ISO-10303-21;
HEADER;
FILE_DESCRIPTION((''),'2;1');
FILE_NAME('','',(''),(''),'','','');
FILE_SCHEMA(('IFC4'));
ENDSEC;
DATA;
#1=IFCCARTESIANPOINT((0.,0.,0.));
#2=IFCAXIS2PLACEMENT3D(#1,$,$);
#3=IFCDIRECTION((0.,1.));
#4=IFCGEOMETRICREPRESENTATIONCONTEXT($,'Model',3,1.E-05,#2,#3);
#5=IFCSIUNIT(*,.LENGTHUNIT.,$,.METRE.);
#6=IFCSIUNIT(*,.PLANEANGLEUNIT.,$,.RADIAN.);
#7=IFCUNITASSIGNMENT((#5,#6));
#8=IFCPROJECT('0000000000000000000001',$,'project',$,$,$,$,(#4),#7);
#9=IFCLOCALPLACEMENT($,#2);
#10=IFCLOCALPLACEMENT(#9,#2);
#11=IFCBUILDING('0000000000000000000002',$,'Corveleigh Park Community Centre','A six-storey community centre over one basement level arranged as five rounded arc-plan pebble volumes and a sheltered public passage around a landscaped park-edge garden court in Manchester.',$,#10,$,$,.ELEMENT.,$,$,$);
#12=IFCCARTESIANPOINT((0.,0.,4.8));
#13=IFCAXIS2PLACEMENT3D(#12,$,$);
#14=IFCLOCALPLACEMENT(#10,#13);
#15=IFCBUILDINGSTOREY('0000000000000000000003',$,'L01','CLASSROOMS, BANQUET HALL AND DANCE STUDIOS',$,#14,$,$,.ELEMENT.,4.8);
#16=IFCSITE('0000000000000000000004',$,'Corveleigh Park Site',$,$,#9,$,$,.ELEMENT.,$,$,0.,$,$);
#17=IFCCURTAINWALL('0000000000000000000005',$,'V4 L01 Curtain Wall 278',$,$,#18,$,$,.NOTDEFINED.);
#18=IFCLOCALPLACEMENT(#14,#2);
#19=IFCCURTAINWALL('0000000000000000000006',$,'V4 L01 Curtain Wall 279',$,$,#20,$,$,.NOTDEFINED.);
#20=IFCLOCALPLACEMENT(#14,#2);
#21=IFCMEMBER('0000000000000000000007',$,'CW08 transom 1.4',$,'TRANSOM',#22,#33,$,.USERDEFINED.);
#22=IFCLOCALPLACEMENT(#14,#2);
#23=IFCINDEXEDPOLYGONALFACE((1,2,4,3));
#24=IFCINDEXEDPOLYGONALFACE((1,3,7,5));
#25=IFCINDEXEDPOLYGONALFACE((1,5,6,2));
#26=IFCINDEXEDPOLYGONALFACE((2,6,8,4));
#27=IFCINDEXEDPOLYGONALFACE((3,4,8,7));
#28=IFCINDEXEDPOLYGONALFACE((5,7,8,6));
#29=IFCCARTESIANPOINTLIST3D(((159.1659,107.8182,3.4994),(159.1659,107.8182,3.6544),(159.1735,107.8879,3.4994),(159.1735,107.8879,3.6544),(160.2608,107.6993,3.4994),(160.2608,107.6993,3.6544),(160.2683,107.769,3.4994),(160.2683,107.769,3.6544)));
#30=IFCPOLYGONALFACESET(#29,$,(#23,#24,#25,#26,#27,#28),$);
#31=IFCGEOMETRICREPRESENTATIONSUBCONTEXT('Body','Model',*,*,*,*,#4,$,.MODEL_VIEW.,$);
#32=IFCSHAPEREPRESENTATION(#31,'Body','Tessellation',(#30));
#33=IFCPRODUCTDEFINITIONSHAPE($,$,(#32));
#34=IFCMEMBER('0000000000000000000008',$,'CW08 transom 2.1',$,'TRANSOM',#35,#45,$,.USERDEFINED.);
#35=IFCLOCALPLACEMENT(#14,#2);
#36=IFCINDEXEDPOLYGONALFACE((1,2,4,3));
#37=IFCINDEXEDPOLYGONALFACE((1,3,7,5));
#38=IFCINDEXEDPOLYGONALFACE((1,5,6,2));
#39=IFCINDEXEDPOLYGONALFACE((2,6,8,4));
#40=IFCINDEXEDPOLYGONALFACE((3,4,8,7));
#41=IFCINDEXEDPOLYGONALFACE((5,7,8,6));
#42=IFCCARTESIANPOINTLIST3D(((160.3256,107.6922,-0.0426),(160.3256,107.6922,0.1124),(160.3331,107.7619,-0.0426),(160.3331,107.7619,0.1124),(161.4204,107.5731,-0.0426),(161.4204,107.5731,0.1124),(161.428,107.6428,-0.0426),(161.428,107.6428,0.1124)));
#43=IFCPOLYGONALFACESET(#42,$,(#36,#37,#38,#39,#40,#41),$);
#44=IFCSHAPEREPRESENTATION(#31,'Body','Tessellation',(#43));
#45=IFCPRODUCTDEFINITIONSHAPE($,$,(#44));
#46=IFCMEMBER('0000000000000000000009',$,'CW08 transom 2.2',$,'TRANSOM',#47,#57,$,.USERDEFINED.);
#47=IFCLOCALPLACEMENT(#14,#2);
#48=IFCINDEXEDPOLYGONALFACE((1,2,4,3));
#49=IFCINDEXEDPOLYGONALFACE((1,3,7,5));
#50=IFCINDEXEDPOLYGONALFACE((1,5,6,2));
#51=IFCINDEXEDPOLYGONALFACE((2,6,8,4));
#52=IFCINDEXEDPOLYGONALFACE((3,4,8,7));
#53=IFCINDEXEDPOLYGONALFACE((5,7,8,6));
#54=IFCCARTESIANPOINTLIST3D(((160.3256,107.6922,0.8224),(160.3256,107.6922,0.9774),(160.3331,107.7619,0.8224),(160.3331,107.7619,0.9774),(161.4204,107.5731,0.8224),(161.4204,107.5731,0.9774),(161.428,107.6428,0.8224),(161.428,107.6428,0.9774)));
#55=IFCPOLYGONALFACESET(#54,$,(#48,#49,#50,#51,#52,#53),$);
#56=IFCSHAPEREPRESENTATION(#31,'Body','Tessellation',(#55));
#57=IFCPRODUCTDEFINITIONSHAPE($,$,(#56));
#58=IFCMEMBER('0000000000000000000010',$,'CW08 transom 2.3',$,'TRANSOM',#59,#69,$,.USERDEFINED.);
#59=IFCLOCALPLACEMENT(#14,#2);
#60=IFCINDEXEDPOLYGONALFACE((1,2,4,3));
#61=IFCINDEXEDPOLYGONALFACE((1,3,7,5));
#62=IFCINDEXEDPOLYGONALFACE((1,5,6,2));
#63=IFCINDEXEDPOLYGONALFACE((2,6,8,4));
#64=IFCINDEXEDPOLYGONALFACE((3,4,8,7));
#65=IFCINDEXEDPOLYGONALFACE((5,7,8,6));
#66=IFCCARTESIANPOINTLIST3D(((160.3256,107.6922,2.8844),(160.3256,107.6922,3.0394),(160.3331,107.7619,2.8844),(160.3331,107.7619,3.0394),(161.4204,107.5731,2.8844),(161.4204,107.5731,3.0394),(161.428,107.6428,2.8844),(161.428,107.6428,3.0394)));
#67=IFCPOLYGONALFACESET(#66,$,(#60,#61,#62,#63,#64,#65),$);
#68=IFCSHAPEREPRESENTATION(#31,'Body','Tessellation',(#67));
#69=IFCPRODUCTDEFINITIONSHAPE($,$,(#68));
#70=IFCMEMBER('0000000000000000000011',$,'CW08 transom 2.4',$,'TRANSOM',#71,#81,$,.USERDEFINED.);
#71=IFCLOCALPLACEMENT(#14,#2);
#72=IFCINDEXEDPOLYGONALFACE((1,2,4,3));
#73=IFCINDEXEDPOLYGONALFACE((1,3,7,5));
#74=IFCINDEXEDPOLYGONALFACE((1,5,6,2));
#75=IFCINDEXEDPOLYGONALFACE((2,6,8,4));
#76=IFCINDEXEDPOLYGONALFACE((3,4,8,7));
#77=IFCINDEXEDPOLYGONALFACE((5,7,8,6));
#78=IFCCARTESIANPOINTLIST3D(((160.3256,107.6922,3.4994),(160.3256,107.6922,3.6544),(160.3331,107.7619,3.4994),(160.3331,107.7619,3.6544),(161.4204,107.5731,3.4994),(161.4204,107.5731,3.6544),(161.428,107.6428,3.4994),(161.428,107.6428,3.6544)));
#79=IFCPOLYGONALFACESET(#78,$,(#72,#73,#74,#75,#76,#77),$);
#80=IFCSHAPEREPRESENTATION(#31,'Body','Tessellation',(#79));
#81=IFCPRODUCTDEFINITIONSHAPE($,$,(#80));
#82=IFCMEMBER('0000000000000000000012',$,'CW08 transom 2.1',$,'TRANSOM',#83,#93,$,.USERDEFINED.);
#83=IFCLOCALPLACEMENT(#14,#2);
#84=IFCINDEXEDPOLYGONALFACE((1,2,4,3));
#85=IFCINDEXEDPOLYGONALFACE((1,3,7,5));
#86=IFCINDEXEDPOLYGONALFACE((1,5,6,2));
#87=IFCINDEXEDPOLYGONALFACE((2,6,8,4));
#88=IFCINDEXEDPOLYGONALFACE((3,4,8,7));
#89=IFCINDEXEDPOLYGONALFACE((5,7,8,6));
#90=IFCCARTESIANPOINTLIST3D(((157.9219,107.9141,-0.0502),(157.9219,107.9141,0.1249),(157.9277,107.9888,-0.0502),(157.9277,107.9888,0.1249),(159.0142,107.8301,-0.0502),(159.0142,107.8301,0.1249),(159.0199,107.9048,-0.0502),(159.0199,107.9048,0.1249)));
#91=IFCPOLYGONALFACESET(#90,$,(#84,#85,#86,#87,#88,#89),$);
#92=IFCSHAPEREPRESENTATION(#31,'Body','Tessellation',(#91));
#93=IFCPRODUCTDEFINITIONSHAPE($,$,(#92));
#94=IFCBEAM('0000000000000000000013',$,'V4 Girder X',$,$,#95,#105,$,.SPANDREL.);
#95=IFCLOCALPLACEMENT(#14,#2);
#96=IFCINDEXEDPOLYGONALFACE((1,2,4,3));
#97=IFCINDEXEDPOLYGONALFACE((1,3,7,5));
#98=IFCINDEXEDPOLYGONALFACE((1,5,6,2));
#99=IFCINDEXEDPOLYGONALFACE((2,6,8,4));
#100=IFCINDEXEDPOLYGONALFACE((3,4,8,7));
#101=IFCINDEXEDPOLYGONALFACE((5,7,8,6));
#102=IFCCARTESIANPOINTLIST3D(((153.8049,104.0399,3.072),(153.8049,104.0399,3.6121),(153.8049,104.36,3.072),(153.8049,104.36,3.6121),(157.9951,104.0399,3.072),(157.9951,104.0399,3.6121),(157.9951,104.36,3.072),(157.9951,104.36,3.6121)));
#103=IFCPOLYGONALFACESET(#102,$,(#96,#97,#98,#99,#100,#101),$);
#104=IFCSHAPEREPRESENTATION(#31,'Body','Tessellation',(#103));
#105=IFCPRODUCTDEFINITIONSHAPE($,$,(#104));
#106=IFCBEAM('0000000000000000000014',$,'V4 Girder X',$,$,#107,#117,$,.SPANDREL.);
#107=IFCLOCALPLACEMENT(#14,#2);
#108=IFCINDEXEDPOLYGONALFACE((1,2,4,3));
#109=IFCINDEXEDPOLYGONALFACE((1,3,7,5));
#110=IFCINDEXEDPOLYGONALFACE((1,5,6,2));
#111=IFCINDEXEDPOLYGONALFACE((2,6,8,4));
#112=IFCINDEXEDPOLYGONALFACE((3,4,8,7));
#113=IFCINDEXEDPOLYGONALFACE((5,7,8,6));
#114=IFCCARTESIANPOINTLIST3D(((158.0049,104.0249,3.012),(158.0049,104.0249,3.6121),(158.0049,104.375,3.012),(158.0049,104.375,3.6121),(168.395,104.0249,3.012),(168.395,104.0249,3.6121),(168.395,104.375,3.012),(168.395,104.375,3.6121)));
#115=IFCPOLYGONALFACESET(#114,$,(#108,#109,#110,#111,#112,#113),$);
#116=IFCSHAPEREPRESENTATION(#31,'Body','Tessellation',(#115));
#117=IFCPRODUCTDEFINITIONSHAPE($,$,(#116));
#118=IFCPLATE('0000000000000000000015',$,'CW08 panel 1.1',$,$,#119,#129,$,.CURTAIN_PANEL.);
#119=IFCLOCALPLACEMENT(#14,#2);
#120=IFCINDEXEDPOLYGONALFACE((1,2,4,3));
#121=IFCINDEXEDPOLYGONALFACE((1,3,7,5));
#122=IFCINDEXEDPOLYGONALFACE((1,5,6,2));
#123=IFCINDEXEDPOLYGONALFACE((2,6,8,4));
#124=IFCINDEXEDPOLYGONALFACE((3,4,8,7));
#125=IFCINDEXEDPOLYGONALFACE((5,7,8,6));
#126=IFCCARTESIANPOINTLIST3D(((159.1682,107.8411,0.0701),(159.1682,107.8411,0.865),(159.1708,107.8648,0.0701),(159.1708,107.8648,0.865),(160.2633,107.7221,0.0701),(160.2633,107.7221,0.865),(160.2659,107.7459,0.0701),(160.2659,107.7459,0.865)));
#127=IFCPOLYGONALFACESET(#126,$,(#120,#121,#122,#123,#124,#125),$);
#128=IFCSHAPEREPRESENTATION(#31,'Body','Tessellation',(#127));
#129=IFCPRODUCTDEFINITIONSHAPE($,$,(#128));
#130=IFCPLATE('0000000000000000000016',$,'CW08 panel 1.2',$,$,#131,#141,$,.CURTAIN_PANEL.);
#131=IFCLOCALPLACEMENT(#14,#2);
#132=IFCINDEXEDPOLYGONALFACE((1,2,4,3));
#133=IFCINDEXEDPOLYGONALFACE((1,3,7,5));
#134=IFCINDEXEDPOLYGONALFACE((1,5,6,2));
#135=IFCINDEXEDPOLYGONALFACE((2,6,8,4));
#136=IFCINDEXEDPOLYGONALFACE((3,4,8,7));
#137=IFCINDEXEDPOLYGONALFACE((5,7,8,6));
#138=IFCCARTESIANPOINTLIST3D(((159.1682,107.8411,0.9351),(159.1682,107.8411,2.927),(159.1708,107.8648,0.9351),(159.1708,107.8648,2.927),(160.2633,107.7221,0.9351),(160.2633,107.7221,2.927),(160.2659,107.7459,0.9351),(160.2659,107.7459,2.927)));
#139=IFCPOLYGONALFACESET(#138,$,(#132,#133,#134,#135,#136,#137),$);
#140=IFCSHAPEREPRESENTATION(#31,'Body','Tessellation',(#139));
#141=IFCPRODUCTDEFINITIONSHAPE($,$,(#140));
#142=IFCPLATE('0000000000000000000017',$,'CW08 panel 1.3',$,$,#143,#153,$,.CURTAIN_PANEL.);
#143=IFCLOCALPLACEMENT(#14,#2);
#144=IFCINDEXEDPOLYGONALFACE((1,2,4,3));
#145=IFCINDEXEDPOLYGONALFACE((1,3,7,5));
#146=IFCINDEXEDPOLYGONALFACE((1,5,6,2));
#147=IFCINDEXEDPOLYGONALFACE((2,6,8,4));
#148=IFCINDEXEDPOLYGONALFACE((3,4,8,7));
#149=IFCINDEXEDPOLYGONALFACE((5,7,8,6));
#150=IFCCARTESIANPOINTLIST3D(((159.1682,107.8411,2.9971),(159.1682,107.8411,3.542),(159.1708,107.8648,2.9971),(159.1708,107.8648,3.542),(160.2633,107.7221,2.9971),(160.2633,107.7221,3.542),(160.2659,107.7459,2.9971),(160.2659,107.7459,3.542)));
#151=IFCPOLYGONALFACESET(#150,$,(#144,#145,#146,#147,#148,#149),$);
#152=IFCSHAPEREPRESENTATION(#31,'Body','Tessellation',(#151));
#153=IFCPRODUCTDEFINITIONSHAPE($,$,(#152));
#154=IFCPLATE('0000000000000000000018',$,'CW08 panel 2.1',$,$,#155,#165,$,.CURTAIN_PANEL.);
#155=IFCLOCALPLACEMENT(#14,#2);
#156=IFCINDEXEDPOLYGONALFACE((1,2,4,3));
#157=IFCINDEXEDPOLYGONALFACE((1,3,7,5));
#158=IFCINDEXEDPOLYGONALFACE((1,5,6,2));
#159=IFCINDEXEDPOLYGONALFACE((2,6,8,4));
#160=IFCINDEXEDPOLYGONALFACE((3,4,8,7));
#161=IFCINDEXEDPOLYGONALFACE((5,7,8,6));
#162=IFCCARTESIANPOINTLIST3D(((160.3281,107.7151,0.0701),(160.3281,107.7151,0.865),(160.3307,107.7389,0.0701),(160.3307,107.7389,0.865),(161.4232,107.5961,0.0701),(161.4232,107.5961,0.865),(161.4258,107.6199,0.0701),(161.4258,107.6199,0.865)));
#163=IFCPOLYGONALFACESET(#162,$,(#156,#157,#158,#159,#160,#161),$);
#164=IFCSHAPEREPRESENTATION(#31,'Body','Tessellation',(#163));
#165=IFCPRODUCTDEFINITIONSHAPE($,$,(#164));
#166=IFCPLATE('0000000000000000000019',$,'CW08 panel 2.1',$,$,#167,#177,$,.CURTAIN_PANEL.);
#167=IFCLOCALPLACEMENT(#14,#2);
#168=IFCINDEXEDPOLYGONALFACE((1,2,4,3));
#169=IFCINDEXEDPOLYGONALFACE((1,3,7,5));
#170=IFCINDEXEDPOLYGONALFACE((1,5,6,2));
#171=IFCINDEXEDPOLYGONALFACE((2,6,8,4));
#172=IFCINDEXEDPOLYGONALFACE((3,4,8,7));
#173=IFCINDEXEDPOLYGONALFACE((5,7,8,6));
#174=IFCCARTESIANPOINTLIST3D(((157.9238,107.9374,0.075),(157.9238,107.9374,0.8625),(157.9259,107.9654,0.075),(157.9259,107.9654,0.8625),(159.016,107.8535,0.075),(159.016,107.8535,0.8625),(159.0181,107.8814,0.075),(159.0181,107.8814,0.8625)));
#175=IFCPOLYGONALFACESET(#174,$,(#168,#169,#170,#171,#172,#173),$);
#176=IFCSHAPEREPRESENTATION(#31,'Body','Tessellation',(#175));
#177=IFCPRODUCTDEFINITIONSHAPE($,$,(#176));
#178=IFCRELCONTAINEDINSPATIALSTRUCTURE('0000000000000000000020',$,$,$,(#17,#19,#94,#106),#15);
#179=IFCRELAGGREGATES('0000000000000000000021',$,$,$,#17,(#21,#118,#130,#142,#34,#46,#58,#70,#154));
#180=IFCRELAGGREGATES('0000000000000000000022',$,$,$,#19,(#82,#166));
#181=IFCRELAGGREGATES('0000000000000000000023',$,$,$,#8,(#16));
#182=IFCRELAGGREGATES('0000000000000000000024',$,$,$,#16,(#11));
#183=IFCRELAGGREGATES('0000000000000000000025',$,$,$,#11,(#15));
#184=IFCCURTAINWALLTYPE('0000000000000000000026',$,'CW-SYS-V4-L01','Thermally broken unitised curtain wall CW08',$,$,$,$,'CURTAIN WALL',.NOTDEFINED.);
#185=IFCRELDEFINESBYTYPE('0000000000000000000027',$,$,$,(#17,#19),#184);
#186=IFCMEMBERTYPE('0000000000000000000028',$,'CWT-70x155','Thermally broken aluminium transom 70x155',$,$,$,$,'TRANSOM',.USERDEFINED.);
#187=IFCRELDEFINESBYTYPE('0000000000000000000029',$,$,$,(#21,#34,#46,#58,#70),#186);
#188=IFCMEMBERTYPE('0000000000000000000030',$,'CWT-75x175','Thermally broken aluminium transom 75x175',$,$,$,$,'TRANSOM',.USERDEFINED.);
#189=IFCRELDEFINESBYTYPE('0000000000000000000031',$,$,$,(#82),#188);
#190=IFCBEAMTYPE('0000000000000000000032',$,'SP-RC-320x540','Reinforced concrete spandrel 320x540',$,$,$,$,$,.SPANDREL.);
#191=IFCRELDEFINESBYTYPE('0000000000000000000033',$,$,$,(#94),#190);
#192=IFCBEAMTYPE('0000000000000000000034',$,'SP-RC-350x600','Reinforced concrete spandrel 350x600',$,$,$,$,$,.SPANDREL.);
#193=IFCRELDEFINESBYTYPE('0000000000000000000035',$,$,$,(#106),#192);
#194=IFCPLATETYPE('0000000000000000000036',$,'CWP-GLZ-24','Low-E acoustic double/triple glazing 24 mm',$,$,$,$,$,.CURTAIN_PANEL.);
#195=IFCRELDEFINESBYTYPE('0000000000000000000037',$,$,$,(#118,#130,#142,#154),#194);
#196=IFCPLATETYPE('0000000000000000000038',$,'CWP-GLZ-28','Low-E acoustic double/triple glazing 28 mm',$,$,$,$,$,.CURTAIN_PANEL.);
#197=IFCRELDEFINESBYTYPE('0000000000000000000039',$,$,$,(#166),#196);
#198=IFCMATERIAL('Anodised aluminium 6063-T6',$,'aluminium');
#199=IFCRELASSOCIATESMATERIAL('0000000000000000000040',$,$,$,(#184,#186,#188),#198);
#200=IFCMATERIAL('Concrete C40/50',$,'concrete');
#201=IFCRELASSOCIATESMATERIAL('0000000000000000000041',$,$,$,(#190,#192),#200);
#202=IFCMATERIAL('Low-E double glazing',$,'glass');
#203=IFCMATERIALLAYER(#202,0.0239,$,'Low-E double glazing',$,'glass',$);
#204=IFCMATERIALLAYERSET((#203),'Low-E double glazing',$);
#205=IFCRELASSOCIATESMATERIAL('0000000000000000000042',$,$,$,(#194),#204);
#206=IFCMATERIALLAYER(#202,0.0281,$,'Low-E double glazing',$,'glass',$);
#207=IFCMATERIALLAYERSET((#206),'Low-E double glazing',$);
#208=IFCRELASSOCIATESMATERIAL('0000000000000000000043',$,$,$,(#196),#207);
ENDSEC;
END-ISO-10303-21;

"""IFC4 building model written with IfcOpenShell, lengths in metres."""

from ifc_helpers import new_model, si_unit, direction, frame, origin, origin_2d, place, context, subcontext, project, spatial, rectangle, extrude, material, layer, layer_set, material_profile, profile_set, type_object, element, aggregate, save


model = new_model("IFC4")

# Units and contexts
model_context = context("Model", 3, precision=1e-05, world=origin(), true_north=direction((0.0, 1.0)))
body_context = subcontext(model_context, "Body", "Model", "MODEL_VIEW")
ifc_project = project(units=[si_unit("LENGTHUNIT", "METRE"), si_unit("PLANEANGLEUNIT", "RADIAN")], contexts=[model_context])

# Site, building, storey
site_placement = place(None, origin())
site = spatial("IfcSite", under=ifc_project, at=site_placement, Name="Corveleigh Park Site", CompositionType="ELEMENT", RefElevation=0.0)
building_placement = place(site_placement, origin())
building = spatial("IfcBuilding", under=site, at=building_placement, Name="Corveleigh Park Community Centre", Description="A six-storey community centre over one basement level arranged as five rounded arc-plan pebble volumes and a sheltered public passage around a landscaped park-edge garden court in Manchester.", CompositionType="ELEMENT")
storey_placement = place(building_placement, frame((0.0, 0.0, 4.8)))
storey = spatial("IfcBuildingStorey", under=building, at=storey_placement, Name="L01", Description="CLASSROOMS, BANQUET HALL AND DANCE STUDIOS", CompositionType="ELEMENT", Elevation=4.8)

# Shared definitions
ifc_material_1 = material(Name="Concrete C40/50", Category="concrete")

# Curtain wall
ifc_material_2 = material(Name="Anodised aluminium 6063-T6", Category="aluminium")
curtain_wall_type = type_object("IfcCurtainWallType", Name="CW-SYS-V4-L01", Description="Thermally broken unitised curtain wall CW08", ElementType="CURTAIN WALL", PredefinedType="NOTDEFINED", material=ifc_material_2)
curtain_wall_1_placement = place(storey_placement, origin())
curtain_wall_1 = element("IfcCurtainWall", 1, at=curtain_wall_1_placement, inside=storey, type_object=curtain_wall_type, Name="V4 L01 Curtain Wall 278", PredefinedType="NOTDEFINED")

# Curtain wall
curtain_wall_2_placement = place(storey_placement, origin())
curtain_wall_2 = element("IfcCurtainWall", 2, at=curtain_wall_2_placement, inside=storey, type_object=curtain_wall_type, Name="V4 L01 Curtain Wall 279", PredefinedType="NOTDEFINED")

# Members
ifc_material_profile_1 = material_profile(ifc_material_2, rectangle(XDim=0.0701, YDim=0.155, at=origin_2d()), Name="ALU-T70x155", Category="aluminium")
ifc_profile_set_1 = profile_set([ifc_material_profile_1], Name="Anodised aluminium 6063-T6")
member_type_1 = type_object("IfcMemberType", Name="CWT-70x155", Description="Thermally broken aluminium transom 70x155", ElementType="TRANSOM", PredefinedType="USERDEFINED", material=ifc_profile_set_1)
member_1_placement = place(storey_placement, frame((159.1697, 107.853, 3.5769), z_axis=(0.994156, -0.10795, 0.0), x_axis=(0.10795, 0.994156, 0.0)))
member_1 = element("IfcMember", 3, at=member_1_placement, type_object=member_type_1, Name="CW08 transom 1.4", ObjectType="TRANSOM", PredefinedType="USERDEFINED", context=body_context, shape_type="SweptSolid", body=[
    extrude(rectangle(XDim=0.0701, YDim=0.155, at=origin_2d()), origin(), (0.0, 0.0, 1.0), 1.1013),
])
member_2_placement = place(storey_placement, frame((160.3293, 107.7271, 0.0349), z_axis=(0.994133, -0.108169, 0.0), x_axis=(0.108169, 0.994133, 0.0)))
member_2 = element("IfcMember", 4, at=member_2_placement, type_object=member_type_1, Name="CW08 transom 2.1", ObjectType="TRANSOM", PredefinedType="USERDEFINED", context=body_context, shape_type="SweptSolid", body=[
    extrude(rectangle(XDim=0.0701, YDim=0.155, at=origin_2d()), origin(), (0.0, 0.0, 1.0), 1.1013),
])
member_3_placement = place(storey_placement, frame((160.3293, 107.7271, 0.8999), z_axis=(0.994133, -0.108169, 0.0), x_axis=(0.108169, 0.994133, 0.0)))
member_3 = element("IfcMember", 5, at=member_3_placement, type_object=member_type_1, Name="CW08 transom 2.2", ObjectType="TRANSOM", PredefinedType="USERDEFINED", context=body_context, shape_type="SweptSolid", body=[
    extrude(rectangle(XDim=0.0701, YDim=0.155, at=origin_2d()), origin(), (0.0, 0.0, 1.0), 1.1013),
])
member_4_placement = place(storey_placement, frame((160.3293, 107.7271, 2.9619), z_axis=(0.994133, -0.108169, 0.0), x_axis=(0.108169, 0.994133, 0.0)))
member_4 = element("IfcMember", 6, at=member_4_placement, type_object=member_type_1, Name="CW08 transom 2.3", ObjectType="TRANSOM", PredefinedType="USERDEFINED", context=body_context, shape_type="SweptSolid", body=[
    extrude(rectangle(XDim=0.0701, YDim=0.155, at=origin_2d()), origin(), (0.0, 0.0, 1.0), 1.1013),
])
member_5_placement = place(storey_placement, frame((160.3293, 107.7271, 3.5769), z_axis=(0.994133, -0.108169, 0.0), x_axis=(0.108169, 0.994133, 0.0)))
member_5 = element("IfcMember", 7, at=member_5_placement, type_object=member_type_1, Name="CW08 transom 2.4", ObjectType="TRANSOM", PredefinedType="USERDEFINED", context=body_context, shape_type="SweptSolid", body=[
    extrude(rectangle(XDim=0.0701, YDim=0.155, at=origin_2d()), origin(), (0.0, 0.0, 1.0), 1.1013),
])
ifc_material_profile_2 = material_profile(ifc_material_2, rectangle(XDim=0.075, YDim=0.175, at=origin_2d()), Name="ALU-T75x175", Category="aluminium")
ifc_profile_set_2 = profile_set([ifc_material_profile_2], Name="Anodised aluminium 6063-T6")
member_type_2 = type_object("IfcMemberType", Name="CWT-75x175", Description="Thermally broken aluminium transom 75x175", ElementType="TRANSOM", PredefinedType="USERDEFINED", material=ifc_profile_set_2)
member_6_placement = place(storey_placement, frame((157.9248, 107.9514, 0.0374), z_axis=(0.997057, -0.076662, 0.0), x_axis=(0.076662, 0.997057, 0.0)))
member_6 = element("IfcMember", 8, at=member_6_placement, type_object=member_type_2, Name="CW08 transom 2.1", ObjectType="TRANSOM", PredefinedType="USERDEFINED", context=body_context, shape_type="SweptSolid", body=[
    extrude(rectangle(XDim=0.075, YDim=0.175, at=origin_2d()), origin(), (0.0, 0.0, 1.0), 1.0955),
])

# Beams
ifc_material_profile_3 = material_profile(ifc_material_1, rectangle(XDim=0.3201, YDim=0.54, at=origin_2d()), Name="RC-320x540", Category="concrete")
ifc_profile_set_3 = profile_set([ifc_material_profile_3], Name="Concrete C40/50")
beam_type_1 = type_object("IfcBeamType", Name="SP-RC-320x540", Description="Reinforced concrete spandrel 320x540", PredefinedType="SPANDREL", material=ifc_profile_set_3)
beam_1_placement = place(storey_placement, frame((153.8049, 104.2, 3.342), z_axis=(1.0, 0.0, 0.0), x_axis=(0.0, 1.0, 0.0)))
element("IfcBeam", 9, at=beam_1_placement, inside=storey, type_object=beam_type_1, Name="V4 Girder X", PredefinedType="SPANDREL", context=body_context, shape_type="SweptSolid", body=[
    extrude(rectangle(XDim=0.3201, YDim=0.54, at=origin_2d()), origin(), (0.0, 0.0, 1.0), 4.1902),
])
ifc_material_profile_4 = material_profile(ifc_material_1, rectangle(XDim=0.3501, YDim=0.6001, at=origin_2d()), Name="RC-350x600", Category="concrete")
ifc_profile_set_4 = profile_set([ifc_material_profile_4], Name="Concrete C40/50")
beam_type_2 = type_object("IfcBeamType", Name="SP-RC-350x600", Description="Reinforced concrete spandrel 350x600", PredefinedType="SPANDREL", material=ifc_profile_set_4)
beam_2_placement = place(storey_placement, frame((158.0049, 104.2, 3.312), z_axis=(1.0, 0.0, 0.0), x_axis=(0.0, 1.0, 0.0)))
element("IfcBeam", 10, at=beam_2_placement, inside=storey, type_object=beam_type_2, Name="V4 Girder X", PredefinedType="SPANDREL", context=body_context, shape_type="SweptSolid", body=[
    extrude(rectangle(XDim=0.3501, YDim=0.6001, at=origin_2d()), origin(), (0.0, 0.0, 1.0), 10.3901),
])

# Plates
ifc_material_3 = material(Name="Low-E double glazing", Category="glass")
ifc_layer_1 = layer(ifc_material_3, 0.0239, Name="Low-E double glazing", Category="glass")
ifc_layer_set_1 = layer_set([ifc_layer_1], Name="Low-E double glazing")
plate_type_1 = type_object("IfcPlateType", Name="CWP-GLZ-24", Description="Low-E acoustic double/triple glazing 24 mm", PredefinedType="CURTAIN_PANEL", material=ifc_layer_set_1)
plate_1_placement = place(storey_placement, frame((159.717, 107.7935, 0.0701), z_axis=(0.0, 0.0, 1.0), x_axis=(0.99415, -0.108005, 0.0)))
plate_1 = element("IfcPlate", 11, at=plate_1_placement, type_object=plate_type_1, Name="CW08 panel 1.1", PredefinedType="CURTAIN_PANEL", context=body_context, shape_type="SweptSolid", body=[
    extrude(rectangle(XDim=1.1016, YDim=0.0239, at=origin_2d()), origin(), (0.0, 0.0, 1.0), 0.7949),
])
plate_2_placement = place(storey_placement, frame((159.717, 107.7935, 0.9351), z_axis=(0.0, 0.0, 1.0), x_axis=(0.99415, -0.108005, 0.0)))
plate_2 = element("IfcPlate", 12, at=plate_2_placement, type_object=plate_type_1, Name="CW08 panel 1.2", PredefinedType="CURTAIN_PANEL", context=body_context, shape_type="SweptSolid", body=[
    extrude(rectangle(XDim=1.1016, YDim=0.0239, at=origin_2d()), origin(), (0.0, 0.0, 1.0), 1.9919),
])
plate_3_placement = place(storey_placement, frame((159.717, 107.7935, 2.9971), z_axis=(0.0, 0.0, 1.0), x_axis=(0.99415, -0.108005, 0.0)))
plate_3 = element("IfcPlate", 13, at=plate_3_placement, type_object=plate_type_1, Name="CW08 panel 1.3", PredefinedType="CURTAIN_PANEL", context=body_context, shape_type="SweptSolid", body=[
    extrude(rectangle(XDim=1.1016, YDim=0.0239, at=origin_2d()), origin(), (0.0, 0.0, 1.0), 0.5449),
])
plate_4_placement = place(storey_placement, frame((160.877, 107.6675, 0.0701), z_axis=(0.0, 0.0, 1.0), x_axis=(0.99415, -0.108005, 0.0)))
plate_4 = element("IfcPlate", 14, at=plate_4_placement, type_object=plate_type_1, Name="CW08 panel 2.1", PredefinedType="CURTAIN_PANEL", context=body_context, shape_type="SweptSolid", body=[
    extrude(rectangle(XDim=1.1016, YDim=0.0239, at=origin_2d()), origin(), (0.0, 0.0, 1.0), 0.7949),
])
aggregate(curtain_wall_1, [member_1, plate_1, plate_2, plate_3, member_2, member_3, member_4, member_5, plate_4])
ifc_layer_2 = layer(ifc_material_3, 0.0281, Name="Low-E double glazing", Category="glass")
ifc_layer_set_2 = layer_set([ifc_layer_2], Name="Low-E double glazing")
plate_type_2 = type_object("IfcPlateType", Name="CWP-GLZ-28", Description="Low-E acoustic double/triple glazing 28 mm", PredefinedType="CURTAIN_PANEL", material=ifc_layer_set_2)
plate_5_placement = place(storey_placement, frame((158.4709, 107.9094, 0.075), z_axis=(0.0, 0.0, 1.0), x_axis=(0.997059, -0.076633, 0.0)))
plate_5 = element("IfcPlate", 15, at=plate_5_placement, type_object=plate_type_2, Name="CW08 panel 2.1", PredefinedType="CURTAIN_PANEL", context=body_context, shape_type="SweptSolid", body=[
    extrude(rectangle(XDim=1.0955, YDim=0.0281, at=origin_2d()), origin(), (0.0, 0.0, 1.0), 0.7876),
])
aggregate(curtain_wall_2, [member_6, plate_5])

save(model, "model.ifc")
